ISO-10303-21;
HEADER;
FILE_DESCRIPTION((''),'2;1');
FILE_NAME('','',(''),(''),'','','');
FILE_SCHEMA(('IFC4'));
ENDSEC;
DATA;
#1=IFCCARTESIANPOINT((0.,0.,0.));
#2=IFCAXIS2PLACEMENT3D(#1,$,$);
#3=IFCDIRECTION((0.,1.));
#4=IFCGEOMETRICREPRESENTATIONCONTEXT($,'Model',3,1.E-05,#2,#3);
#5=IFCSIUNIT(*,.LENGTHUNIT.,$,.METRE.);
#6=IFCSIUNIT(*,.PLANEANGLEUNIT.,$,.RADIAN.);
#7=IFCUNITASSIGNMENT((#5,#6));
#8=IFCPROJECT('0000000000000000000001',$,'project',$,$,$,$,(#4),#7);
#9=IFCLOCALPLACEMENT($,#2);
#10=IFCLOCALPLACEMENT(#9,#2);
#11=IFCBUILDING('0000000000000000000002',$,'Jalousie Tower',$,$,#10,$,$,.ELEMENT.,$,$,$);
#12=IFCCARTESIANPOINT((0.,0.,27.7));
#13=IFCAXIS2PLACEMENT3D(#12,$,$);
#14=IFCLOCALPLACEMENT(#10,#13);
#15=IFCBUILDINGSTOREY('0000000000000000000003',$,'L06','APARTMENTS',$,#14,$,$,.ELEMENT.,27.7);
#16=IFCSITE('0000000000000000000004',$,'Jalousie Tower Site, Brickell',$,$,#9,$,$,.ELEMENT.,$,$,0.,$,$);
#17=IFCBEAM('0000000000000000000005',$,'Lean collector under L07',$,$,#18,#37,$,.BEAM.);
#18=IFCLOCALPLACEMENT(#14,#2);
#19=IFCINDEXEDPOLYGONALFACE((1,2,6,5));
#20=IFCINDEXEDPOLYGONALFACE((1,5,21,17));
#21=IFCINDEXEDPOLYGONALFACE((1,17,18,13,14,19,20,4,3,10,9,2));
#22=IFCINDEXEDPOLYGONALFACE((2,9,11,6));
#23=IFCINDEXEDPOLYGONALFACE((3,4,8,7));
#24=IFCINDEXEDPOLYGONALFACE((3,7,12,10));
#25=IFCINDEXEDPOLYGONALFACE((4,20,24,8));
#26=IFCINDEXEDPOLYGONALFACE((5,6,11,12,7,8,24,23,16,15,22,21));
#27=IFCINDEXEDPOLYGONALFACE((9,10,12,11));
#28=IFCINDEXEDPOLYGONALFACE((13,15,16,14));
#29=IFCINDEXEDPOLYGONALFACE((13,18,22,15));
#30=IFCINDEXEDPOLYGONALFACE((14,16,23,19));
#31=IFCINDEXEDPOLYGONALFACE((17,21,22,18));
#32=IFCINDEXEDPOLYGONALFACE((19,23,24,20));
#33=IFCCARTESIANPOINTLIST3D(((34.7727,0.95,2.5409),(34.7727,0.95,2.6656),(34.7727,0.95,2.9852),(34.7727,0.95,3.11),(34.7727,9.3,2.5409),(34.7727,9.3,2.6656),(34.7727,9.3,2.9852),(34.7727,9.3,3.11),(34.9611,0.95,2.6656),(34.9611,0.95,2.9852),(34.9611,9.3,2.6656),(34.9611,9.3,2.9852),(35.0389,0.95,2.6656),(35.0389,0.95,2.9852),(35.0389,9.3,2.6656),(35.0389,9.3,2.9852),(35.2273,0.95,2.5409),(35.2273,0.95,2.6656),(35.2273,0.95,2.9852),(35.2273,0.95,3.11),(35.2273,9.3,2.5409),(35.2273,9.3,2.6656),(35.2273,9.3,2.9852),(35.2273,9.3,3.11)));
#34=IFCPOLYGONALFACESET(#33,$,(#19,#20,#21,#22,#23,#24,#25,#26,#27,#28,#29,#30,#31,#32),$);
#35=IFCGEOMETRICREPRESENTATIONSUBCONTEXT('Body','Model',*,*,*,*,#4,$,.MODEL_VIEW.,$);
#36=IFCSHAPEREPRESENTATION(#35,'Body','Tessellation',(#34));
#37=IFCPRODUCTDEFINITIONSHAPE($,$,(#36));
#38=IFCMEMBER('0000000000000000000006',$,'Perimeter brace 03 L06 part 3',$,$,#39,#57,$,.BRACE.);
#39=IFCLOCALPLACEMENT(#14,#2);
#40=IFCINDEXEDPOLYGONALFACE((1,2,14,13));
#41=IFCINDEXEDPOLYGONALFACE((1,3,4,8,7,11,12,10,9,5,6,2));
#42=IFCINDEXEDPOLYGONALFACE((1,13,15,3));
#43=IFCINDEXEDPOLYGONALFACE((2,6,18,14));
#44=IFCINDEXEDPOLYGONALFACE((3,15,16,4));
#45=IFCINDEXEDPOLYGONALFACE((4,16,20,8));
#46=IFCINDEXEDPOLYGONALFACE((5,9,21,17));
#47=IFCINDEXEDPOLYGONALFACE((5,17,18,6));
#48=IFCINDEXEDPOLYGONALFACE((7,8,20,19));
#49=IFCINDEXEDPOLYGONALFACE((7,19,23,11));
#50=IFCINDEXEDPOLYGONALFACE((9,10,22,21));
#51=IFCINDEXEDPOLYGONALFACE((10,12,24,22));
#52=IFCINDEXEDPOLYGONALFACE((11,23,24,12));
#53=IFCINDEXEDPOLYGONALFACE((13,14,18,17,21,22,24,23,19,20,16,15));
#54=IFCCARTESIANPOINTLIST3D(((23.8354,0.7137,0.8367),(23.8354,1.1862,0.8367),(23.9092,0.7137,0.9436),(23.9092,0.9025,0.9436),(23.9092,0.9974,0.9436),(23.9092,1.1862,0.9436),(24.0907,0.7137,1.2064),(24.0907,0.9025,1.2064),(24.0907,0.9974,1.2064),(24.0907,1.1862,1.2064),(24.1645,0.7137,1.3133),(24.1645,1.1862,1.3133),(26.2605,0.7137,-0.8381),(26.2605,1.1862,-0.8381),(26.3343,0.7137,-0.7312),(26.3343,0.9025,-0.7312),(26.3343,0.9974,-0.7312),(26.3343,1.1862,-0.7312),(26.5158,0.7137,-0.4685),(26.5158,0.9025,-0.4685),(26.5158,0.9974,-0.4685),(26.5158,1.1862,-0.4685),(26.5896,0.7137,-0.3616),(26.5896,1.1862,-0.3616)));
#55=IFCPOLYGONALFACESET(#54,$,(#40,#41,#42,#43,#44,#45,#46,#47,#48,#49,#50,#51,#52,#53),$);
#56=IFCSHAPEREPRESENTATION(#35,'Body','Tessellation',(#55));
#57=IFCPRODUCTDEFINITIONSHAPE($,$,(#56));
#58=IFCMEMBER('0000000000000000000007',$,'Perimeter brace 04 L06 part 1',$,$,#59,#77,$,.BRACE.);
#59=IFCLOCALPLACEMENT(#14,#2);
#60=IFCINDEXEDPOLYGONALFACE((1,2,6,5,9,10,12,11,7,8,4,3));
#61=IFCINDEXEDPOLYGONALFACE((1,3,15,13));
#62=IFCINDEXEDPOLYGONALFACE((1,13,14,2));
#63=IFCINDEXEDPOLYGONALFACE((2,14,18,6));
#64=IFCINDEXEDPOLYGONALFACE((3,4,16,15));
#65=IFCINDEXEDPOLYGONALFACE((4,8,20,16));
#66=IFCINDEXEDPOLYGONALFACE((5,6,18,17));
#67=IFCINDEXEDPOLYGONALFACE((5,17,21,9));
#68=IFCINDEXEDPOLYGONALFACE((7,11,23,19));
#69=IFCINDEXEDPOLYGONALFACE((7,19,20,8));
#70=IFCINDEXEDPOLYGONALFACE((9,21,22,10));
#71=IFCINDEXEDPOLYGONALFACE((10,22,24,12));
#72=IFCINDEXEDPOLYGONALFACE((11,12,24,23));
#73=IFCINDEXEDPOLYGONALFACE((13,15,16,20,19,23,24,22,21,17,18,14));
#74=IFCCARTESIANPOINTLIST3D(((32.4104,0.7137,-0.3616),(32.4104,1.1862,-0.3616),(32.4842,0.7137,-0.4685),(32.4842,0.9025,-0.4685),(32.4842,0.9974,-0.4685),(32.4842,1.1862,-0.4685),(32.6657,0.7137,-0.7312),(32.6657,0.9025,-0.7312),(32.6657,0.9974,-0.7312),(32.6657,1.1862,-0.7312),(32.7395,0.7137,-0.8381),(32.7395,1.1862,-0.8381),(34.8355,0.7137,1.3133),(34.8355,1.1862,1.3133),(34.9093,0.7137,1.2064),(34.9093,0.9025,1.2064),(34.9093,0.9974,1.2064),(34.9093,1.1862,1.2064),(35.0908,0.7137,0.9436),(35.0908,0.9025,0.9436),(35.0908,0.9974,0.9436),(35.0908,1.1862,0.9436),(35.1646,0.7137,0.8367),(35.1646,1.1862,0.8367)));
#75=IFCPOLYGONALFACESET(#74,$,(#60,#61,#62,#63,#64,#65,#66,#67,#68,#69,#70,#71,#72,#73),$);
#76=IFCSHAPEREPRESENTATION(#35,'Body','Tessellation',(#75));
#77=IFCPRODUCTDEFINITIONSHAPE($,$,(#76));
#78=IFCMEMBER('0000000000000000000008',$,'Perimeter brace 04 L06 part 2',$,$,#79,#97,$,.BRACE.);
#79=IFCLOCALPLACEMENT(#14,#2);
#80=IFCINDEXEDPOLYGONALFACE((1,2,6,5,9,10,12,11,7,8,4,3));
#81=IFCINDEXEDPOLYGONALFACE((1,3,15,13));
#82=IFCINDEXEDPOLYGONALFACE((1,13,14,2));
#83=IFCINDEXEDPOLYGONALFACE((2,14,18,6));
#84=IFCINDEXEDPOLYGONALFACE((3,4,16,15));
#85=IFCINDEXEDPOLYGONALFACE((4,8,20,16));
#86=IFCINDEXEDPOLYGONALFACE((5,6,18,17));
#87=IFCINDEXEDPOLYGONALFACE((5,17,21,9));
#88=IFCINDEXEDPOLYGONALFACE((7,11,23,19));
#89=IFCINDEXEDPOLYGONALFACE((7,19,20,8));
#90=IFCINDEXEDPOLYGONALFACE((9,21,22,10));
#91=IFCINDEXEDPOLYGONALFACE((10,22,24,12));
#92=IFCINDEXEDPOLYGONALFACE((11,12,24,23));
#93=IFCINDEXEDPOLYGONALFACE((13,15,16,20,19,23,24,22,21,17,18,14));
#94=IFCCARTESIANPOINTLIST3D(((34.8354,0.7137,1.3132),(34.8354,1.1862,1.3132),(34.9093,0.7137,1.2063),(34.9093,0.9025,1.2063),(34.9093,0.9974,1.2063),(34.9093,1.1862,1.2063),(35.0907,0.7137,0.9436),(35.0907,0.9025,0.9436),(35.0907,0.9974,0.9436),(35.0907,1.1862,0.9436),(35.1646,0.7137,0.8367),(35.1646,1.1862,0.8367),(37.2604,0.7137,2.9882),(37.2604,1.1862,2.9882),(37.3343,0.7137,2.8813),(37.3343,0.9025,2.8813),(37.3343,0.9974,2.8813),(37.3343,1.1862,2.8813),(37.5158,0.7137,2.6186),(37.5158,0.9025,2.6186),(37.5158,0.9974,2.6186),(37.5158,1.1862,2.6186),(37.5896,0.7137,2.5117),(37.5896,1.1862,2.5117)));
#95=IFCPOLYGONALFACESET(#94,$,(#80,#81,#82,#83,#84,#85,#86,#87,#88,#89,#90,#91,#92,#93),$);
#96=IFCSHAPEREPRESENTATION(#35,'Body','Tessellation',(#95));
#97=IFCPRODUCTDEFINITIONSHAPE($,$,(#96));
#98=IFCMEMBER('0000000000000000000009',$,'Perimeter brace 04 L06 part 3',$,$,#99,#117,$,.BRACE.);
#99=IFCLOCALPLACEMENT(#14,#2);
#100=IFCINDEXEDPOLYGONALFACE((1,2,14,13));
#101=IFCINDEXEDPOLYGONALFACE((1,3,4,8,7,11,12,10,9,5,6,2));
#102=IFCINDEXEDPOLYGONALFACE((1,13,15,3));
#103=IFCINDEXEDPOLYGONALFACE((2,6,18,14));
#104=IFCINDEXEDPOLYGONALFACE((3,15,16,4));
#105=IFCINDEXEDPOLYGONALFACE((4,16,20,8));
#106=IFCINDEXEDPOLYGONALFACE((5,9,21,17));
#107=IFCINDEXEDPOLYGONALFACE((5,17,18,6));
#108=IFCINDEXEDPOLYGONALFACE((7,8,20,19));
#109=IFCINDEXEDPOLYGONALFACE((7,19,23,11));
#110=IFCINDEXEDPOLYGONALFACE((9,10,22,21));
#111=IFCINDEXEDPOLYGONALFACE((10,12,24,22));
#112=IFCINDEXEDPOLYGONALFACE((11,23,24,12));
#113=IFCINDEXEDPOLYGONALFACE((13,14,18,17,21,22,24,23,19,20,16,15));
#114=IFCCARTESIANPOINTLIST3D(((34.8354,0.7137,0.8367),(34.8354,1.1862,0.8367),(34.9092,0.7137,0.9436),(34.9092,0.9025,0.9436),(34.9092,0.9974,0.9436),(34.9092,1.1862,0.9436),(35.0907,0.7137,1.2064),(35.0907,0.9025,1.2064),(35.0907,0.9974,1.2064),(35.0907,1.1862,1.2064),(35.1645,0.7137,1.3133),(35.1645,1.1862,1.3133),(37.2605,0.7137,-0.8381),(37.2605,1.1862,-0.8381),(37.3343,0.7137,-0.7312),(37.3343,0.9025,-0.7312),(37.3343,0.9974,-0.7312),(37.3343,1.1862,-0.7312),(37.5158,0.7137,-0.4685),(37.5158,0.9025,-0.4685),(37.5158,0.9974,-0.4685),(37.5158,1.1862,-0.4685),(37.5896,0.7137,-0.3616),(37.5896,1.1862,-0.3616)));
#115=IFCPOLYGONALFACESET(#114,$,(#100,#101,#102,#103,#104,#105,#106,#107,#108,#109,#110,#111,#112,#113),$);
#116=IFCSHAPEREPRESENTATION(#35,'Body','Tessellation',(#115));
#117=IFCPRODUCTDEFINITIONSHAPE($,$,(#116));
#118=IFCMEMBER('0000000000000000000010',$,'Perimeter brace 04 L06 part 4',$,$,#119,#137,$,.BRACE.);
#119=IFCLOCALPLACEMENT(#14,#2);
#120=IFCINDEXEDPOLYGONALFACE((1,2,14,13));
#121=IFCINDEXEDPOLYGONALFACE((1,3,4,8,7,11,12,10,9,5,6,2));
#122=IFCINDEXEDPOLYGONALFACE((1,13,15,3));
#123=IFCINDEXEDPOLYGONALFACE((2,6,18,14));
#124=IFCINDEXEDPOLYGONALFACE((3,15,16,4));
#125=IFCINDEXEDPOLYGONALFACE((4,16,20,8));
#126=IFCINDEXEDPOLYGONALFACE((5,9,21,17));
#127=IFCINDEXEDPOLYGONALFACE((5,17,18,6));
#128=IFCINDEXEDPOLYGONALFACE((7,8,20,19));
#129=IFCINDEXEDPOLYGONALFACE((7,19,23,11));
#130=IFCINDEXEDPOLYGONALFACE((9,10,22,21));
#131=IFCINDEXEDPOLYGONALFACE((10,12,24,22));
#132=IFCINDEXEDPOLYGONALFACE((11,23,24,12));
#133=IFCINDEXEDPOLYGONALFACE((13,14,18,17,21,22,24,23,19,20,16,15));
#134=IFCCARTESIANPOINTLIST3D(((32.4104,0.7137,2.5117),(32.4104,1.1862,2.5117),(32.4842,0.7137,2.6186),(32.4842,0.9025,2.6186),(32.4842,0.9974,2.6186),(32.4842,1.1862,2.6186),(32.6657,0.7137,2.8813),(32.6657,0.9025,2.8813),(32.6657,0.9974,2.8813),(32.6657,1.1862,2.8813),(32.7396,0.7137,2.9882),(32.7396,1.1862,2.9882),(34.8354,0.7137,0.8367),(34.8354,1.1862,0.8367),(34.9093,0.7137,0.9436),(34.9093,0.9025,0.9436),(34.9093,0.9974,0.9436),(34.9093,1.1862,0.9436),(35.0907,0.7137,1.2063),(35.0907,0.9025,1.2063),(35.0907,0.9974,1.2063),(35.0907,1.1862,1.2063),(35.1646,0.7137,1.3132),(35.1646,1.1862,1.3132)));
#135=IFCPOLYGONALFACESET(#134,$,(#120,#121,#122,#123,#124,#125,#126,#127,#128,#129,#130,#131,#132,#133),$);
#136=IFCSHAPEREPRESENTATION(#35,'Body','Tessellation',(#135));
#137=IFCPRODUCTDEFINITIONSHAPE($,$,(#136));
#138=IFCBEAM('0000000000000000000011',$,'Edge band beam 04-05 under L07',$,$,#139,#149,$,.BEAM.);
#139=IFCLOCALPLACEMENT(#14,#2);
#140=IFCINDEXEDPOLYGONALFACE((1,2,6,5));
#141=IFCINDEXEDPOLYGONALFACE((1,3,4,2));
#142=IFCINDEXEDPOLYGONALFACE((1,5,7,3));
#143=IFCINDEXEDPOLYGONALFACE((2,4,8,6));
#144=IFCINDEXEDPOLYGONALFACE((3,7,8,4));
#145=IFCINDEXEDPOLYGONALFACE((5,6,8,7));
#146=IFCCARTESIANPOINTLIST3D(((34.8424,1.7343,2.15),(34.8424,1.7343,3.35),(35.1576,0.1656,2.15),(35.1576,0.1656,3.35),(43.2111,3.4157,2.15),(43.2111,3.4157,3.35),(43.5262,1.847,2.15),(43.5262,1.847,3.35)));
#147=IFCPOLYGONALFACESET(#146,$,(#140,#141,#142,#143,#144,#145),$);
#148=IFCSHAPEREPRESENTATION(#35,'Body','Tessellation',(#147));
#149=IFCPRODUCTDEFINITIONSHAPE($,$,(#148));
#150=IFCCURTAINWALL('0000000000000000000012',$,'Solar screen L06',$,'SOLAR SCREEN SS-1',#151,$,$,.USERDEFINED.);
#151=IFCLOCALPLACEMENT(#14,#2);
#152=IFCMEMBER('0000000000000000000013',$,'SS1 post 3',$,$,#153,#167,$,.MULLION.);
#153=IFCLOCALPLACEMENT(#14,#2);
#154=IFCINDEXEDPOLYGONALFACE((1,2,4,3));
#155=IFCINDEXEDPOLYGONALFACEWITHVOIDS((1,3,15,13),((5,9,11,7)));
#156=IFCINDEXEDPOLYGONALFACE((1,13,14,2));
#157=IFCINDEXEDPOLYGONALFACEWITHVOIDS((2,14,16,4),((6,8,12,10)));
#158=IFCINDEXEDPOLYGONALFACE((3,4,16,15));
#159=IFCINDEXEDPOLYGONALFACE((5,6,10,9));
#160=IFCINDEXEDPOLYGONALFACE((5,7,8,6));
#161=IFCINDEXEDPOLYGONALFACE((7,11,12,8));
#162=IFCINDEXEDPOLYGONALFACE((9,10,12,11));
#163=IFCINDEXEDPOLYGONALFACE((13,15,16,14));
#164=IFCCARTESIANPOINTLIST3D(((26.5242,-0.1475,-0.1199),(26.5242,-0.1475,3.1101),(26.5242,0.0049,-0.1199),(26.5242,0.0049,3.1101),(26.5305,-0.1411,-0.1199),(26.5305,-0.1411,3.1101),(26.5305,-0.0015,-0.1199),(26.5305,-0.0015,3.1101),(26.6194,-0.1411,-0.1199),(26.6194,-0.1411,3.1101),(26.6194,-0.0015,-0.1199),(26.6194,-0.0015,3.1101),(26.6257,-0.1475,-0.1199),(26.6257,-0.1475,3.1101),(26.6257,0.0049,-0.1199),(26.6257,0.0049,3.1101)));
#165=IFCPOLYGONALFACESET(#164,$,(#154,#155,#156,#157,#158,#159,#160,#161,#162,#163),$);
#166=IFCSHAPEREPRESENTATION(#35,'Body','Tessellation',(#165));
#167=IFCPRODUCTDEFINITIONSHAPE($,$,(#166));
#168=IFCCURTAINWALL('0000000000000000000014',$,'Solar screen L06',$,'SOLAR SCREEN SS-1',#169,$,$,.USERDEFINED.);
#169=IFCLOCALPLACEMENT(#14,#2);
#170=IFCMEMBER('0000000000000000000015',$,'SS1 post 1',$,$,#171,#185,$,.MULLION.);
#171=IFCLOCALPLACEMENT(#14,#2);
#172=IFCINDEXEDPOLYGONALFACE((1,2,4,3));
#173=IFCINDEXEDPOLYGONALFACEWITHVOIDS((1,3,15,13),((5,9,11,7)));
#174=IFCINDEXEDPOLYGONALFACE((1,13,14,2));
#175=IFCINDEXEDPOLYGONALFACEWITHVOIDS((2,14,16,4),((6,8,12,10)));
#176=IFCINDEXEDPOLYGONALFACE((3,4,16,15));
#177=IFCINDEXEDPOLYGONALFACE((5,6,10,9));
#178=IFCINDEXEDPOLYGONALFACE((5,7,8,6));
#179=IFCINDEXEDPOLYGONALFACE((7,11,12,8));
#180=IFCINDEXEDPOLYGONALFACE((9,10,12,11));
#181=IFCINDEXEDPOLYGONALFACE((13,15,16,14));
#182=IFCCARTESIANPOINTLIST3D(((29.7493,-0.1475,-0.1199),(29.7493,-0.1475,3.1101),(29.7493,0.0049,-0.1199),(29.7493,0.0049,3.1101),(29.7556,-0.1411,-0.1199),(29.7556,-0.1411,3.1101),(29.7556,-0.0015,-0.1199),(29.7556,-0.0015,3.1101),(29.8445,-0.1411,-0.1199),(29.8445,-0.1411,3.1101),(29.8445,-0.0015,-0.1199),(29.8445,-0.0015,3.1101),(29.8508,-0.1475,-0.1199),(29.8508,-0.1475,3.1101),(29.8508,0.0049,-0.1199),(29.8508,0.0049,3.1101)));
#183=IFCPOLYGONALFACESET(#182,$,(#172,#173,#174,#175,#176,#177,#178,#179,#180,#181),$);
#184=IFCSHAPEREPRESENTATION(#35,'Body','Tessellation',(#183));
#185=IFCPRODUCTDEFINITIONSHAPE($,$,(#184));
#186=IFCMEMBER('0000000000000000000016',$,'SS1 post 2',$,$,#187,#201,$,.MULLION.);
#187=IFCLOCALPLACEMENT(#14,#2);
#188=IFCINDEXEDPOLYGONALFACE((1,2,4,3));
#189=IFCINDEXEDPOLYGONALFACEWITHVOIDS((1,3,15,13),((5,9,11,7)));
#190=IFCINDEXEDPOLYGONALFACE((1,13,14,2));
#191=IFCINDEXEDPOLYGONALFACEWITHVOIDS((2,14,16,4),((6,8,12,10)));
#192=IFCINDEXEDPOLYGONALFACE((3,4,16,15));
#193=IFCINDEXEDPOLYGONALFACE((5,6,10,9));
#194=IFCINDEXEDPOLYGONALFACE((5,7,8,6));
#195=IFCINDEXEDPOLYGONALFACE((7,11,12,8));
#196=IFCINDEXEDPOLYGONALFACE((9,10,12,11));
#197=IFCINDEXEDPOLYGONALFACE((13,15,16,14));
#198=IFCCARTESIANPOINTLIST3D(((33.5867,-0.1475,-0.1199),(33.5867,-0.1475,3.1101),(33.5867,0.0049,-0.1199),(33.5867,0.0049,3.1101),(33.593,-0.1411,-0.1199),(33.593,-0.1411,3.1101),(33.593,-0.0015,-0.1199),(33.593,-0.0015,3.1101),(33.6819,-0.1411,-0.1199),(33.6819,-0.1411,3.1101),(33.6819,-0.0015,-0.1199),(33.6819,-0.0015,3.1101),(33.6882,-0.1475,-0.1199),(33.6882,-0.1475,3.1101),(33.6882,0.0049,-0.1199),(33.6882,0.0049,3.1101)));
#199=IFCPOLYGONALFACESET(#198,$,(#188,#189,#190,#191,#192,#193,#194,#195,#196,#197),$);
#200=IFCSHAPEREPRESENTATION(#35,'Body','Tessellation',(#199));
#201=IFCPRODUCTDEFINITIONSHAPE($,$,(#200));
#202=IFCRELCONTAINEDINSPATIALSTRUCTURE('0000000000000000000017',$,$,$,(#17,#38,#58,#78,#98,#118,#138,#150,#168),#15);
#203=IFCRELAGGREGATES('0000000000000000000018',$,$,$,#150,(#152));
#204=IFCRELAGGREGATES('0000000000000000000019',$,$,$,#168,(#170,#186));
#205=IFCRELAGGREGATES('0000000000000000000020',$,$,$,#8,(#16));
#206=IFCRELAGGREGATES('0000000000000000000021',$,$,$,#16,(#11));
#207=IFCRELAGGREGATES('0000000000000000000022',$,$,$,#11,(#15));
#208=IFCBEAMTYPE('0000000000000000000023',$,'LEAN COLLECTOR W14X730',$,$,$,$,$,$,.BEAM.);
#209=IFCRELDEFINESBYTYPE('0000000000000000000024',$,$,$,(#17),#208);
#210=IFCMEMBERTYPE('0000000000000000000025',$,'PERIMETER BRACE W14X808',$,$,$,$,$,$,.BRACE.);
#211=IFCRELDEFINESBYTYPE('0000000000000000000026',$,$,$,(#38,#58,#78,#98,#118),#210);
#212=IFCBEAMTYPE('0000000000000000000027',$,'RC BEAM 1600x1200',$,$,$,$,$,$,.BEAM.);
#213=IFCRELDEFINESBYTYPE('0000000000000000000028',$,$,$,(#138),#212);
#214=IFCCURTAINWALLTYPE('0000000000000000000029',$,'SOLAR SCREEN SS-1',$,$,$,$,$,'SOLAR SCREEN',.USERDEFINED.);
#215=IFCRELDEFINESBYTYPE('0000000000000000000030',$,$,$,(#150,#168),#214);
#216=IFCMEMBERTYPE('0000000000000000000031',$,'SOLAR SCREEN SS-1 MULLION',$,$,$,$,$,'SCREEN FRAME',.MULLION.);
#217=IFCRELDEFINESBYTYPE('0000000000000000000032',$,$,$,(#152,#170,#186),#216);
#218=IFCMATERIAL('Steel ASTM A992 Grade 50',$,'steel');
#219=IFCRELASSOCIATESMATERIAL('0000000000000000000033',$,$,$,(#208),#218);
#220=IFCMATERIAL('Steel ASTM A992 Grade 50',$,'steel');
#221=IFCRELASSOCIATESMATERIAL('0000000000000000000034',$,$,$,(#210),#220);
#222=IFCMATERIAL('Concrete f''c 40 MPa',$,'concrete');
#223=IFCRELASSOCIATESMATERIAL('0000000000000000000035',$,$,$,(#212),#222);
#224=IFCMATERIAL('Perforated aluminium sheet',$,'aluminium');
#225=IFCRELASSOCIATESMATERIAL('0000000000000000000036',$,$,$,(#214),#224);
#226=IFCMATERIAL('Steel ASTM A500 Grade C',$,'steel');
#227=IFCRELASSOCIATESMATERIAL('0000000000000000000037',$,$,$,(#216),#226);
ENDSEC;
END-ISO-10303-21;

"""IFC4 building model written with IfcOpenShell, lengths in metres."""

from ifc_helpers import new_model, si_unit, direction, frame, origin, origin_2d, place, context, subcontext, project, spatial, rectangle, hollow_rectangle, i_section, extrude, material, material_profile, profile_set, type_object, element, aggregate, save


model = new_model("IFC4")

# Units and contexts
model_context = context("Model", 3, precision=1e-05, world=origin(), true_north=direction((0.0, 1.0)))
body_context = subcontext(model_context, "Body", "Model", "MODEL_VIEW")
ifc_project = project(units=[si_unit("LENGTHUNIT", "METRE"), si_unit("PLANEANGLEUNIT", "RADIAN")], contexts=[model_context])

# Site, building, storey
site_placement = place(None, origin())
site = spatial("IfcSite", under=ifc_project, at=site_placement, Name="Jalousie Tower Site, Brickell", CompositionType="ELEMENT", RefElevation=0.0)
building_placement = place(site_placement, origin())
building = spatial("IfcBuilding", under=site, at=building_placement, Name="Jalousie Tower", CompositionType="ELEMENT")
storey_placement = place(building_placement, frame((0.0, 0.0, 27.7)))
storey = spatial("IfcBuildingStorey", under=building, at=storey_placement, Name="L06", Description="APARTMENTS", CompositionType="ELEMENT", Elevation=27.7)

# Beam
ifc_material_1 = material(Name="Steel ASTM A992 Grade 50", Category="steel")
ifc_material_profile_1 = material_profile(ifc_material_1, i_section(OverallWidth=0.4546, OverallDepth=0.5691, WebThickness=0.0779, FlangeThickness=0.1248, at=origin_2d()), Name="W14X730")
ifc_profile_set_1 = profile_set([ifc_material_profile_1], Name="Steel ASTM A992 Grade 50")
beam_type_1 = type_object("IfcBeamType", Name="LEAN COLLECTOR W14X730", PredefinedType="BEAM", material=ifc_profile_set_1)
beam_1_placement = place(storey_placement, frame((35.0, 0.95, 2.8254), z_axis=(0.0, 1.0, 0.0), x_axis=(-1.0, 0.0, 0.0)))
element("IfcBeam", 1, at=beam_1_placement, inside=storey, type_object=beam_type_1, Name="Lean collector under L07", PredefinedType="BEAM", context=body_context, shape_type="SweptSolid", body=[
    extrude(i_section(OverallWidth=0.4546, OverallDepth=0.5691, WebThickness=0.0779, FlangeThickness=0.1248, at=origin_2d()), origin(), (0.0, 0.0, 1.0), 8.3501),
])

# Members
ifc_material_2 = material(Name="Steel ASTM A992 Grade 50", Category="steel")
ifc_material_profile_2 = material_profile(ifc_material_2, i_section(OverallWidth=0.4724, OverallDepth=0.5791, WebThickness=0.095, FlangeThickness=0.1299, at=origin_2d()), Name="W14X808")
ifc_profile_set_2 = profile_set([ifc_material_profile_2], Name="Steel ASTM A992 Grade 50")
member_type_1 = type_object("IfcMemberType", Name="PERIMETER BRACE W14X808", PredefinedType="BRACE", material=ifc_profile_set_2)
for number, where, z_axis, x_axis, name in (
    (2, (26.425, 0.95, -0.5999), (-0.822839, 0.0, 0.568275), (0.0, -1.0, 0.0), "Perimeter brace 03 L06 part 3"),
    (3, (32.575, 0.95, -0.5999), (0.822839, 0.0, 0.568275), (0.0, 1.0, 0.0), "Perimeter brace 04 L06 part 1"),
    (4, (35.0, 0.95, 1.075), (0.8228, 0.0, 0.568331), (0.0, 1.0, 0.0), "Perimeter brace 04 L06 part 2"),
    (5, (37.425, 0.95, -0.5999), (-0.822839, 0.0, 0.568275), (0.0, -1.0, 0.0), "Perimeter brace 04 L06 part 3"),
    (6, (35.0, 0.95, 1.075), (-0.8228, 0.0, 0.568331), (0.0, -1.0, 0.0), "Perimeter brace 04 L06 part 4"),
):
    element("IfcMember", number, at=place(storey_placement, frame(where, z_axis=z_axis, x_axis=x_axis)), inside=storey, type_object=member_type_1, Name=name, PredefinedType="BRACE", context=body_context, shape_type="SweptSolid", body=[
        extrude(i_section(OverallWidth=0.4724, OverallDepth=0.5791, WebThickness=0.095, FlangeThickness=0.1299, at=origin_2d()), origin(), (0.0, 0.0, 1.0), 2.9473),
    ])

# Beam
ifc_material_3 = material(Name="Concrete f'c 40 MPa", Category="concrete")
ifc_material_profile_3 = material_profile(ifc_material_3, rectangle(XDim=1.6001, YDim=1.2, at=origin_2d()), Name="RC 1600x1200")
ifc_profile_set_3 = profile_set([ifc_material_profile_3], Name="Concrete f'c 40 MPa")
beam_type_2 = type_object("IfcBeamType", Name="RC BEAM 1600x1200", PredefinedType="BEAM", material=ifc_profile_set_3)
beam_2_placement = place(storey_placement, frame((35.0, 0.95, 2.75), z_axis=(0.980408, 0.19698, 0.0), x_axis=(-0.19698, 0.980408, 0.0)))
element("IfcBeam", 7, at=beam_2_placement, inside=storey, type_object=beam_type_2, Name="Edge band beam 04-05 under L07", PredefinedType="BEAM", context=body_context, shape_type="SweptSolid", body=[
    extrude(rectangle(XDim=1.6001, YDim=1.2, at=origin_2d()), origin(), (0.0, 0.0, 1.0), 8.5359),
])

# Curtain wall, member
ifc_material_4 = material(Name="Perforated aluminium sheet", Category="aluminium")
curtain_wall_type = type_object("IfcCurtainWallType", Name="SOLAR SCREEN SS-1", ElementType="SOLAR SCREEN", PredefinedType="USERDEFINED", material=ifc_material_4)
curtain_wall_1_placement = place(storey_placement, origin())
curtain_wall_1 = element("IfcCurtainWall", 8, at=curtain_wall_1_placement, inside=storey, type_object=curtain_wall_type, Name="Solar screen L06", ObjectType="SOLAR SCREEN SS-1", PredefinedType="USERDEFINED")
ifc_material_5 = material(Name="Steel ASTM A500 Grade C", Category="steel")
ifc_material_profile_4 = material_profile(ifc_material_5, hollow_rectangle(XDim=0.1016, YDim=0.1523, WallThickness=0.0063, at=origin_2d()), Name="HSS6X4X1/4")
ifc_profile_set_4 = profile_set([ifc_material_profile_4], Name="Steel ASTM A500 Grade C")
member_type_2 = type_object("IfcMemberType", Name="SOLAR SCREEN SS-1 MULLION", ElementType="SCREEN FRAME", PredefinedType="MULLION", material=ifc_profile_set_4)
member_1_placement = place(storey_placement, frame((26.575, -0.0713, -0.1199), z_axis=(0.0, 0.0, 1.0), x_axis=(1.0, 0.0, 0.0)))
member_1 = element("IfcMember", 9, at=member_1_placement, type_object=member_type_2, Name="SS1 post 3", PredefinedType="MULLION", context=body_context, shape_type="SweptSolid", body=[
    extrude(hollow_rectangle(XDim=0.1016, YDim=0.1523, WallThickness=0.0063, at=origin_2d()), origin(), (0.0, 0.0, 1.0), 3.23),
])
aggregate(curtain_wall_1, [member_1])

# Curtain wall, members
curtain_wall_2_placement = place(storey_placement, origin())
curtain_wall_2 = element("IfcCurtainWall", 10, at=curtain_wall_2_placement, inside=storey, type_object=curtain_wall_type, Name="Solar screen L06", ObjectType="SOLAR SCREEN SS-1", PredefinedType="USERDEFINED")
member_2_placement = place(storey_placement, frame((29.8, -0.0713, -0.1199), z_axis=(0.0, 0.0, 1.0), x_axis=(1.0, 0.0, 0.0)))
member_2 = element("IfcMember", 11, at=member_2_placement, type_object=member_type_2, Name="SS1 post 1", PredefinedType="MULLION", context=body_context, shape_type="SweptSolid", body=[
    extrude(hollow_rectangle(XDim=0.1016, YDim=0.1523, WallThickness=0.0063, at=origin_2d()), origin(), (0.0, 0.0, 1.0), 3.23),
])
member_3_placement = place(storey_placement, frame((33.6375, -0.0713, -0.1199), z_axis=(0.0, 0.0, 1.0), x_axis=(1.0, 0.0, 0.0)))
member_3 = element("IfcMember", 12, at=member_3_placement, type_object=member_type_2, Name="SS1 post 2", PredefinedType="MULLION", context=body_context, shape_type="SweptSolid", body=[
    extrude(hollow_rectangle(XDim=0.1016, YDim=0.1523, WallThickness=0.0063, at=origin_2d()), origin(), (0.0, 0.0, 1.0), 3.23),
])
aggregate(curtain_wall_2, [member_2, member_3])

save(model, "model.ifc")
